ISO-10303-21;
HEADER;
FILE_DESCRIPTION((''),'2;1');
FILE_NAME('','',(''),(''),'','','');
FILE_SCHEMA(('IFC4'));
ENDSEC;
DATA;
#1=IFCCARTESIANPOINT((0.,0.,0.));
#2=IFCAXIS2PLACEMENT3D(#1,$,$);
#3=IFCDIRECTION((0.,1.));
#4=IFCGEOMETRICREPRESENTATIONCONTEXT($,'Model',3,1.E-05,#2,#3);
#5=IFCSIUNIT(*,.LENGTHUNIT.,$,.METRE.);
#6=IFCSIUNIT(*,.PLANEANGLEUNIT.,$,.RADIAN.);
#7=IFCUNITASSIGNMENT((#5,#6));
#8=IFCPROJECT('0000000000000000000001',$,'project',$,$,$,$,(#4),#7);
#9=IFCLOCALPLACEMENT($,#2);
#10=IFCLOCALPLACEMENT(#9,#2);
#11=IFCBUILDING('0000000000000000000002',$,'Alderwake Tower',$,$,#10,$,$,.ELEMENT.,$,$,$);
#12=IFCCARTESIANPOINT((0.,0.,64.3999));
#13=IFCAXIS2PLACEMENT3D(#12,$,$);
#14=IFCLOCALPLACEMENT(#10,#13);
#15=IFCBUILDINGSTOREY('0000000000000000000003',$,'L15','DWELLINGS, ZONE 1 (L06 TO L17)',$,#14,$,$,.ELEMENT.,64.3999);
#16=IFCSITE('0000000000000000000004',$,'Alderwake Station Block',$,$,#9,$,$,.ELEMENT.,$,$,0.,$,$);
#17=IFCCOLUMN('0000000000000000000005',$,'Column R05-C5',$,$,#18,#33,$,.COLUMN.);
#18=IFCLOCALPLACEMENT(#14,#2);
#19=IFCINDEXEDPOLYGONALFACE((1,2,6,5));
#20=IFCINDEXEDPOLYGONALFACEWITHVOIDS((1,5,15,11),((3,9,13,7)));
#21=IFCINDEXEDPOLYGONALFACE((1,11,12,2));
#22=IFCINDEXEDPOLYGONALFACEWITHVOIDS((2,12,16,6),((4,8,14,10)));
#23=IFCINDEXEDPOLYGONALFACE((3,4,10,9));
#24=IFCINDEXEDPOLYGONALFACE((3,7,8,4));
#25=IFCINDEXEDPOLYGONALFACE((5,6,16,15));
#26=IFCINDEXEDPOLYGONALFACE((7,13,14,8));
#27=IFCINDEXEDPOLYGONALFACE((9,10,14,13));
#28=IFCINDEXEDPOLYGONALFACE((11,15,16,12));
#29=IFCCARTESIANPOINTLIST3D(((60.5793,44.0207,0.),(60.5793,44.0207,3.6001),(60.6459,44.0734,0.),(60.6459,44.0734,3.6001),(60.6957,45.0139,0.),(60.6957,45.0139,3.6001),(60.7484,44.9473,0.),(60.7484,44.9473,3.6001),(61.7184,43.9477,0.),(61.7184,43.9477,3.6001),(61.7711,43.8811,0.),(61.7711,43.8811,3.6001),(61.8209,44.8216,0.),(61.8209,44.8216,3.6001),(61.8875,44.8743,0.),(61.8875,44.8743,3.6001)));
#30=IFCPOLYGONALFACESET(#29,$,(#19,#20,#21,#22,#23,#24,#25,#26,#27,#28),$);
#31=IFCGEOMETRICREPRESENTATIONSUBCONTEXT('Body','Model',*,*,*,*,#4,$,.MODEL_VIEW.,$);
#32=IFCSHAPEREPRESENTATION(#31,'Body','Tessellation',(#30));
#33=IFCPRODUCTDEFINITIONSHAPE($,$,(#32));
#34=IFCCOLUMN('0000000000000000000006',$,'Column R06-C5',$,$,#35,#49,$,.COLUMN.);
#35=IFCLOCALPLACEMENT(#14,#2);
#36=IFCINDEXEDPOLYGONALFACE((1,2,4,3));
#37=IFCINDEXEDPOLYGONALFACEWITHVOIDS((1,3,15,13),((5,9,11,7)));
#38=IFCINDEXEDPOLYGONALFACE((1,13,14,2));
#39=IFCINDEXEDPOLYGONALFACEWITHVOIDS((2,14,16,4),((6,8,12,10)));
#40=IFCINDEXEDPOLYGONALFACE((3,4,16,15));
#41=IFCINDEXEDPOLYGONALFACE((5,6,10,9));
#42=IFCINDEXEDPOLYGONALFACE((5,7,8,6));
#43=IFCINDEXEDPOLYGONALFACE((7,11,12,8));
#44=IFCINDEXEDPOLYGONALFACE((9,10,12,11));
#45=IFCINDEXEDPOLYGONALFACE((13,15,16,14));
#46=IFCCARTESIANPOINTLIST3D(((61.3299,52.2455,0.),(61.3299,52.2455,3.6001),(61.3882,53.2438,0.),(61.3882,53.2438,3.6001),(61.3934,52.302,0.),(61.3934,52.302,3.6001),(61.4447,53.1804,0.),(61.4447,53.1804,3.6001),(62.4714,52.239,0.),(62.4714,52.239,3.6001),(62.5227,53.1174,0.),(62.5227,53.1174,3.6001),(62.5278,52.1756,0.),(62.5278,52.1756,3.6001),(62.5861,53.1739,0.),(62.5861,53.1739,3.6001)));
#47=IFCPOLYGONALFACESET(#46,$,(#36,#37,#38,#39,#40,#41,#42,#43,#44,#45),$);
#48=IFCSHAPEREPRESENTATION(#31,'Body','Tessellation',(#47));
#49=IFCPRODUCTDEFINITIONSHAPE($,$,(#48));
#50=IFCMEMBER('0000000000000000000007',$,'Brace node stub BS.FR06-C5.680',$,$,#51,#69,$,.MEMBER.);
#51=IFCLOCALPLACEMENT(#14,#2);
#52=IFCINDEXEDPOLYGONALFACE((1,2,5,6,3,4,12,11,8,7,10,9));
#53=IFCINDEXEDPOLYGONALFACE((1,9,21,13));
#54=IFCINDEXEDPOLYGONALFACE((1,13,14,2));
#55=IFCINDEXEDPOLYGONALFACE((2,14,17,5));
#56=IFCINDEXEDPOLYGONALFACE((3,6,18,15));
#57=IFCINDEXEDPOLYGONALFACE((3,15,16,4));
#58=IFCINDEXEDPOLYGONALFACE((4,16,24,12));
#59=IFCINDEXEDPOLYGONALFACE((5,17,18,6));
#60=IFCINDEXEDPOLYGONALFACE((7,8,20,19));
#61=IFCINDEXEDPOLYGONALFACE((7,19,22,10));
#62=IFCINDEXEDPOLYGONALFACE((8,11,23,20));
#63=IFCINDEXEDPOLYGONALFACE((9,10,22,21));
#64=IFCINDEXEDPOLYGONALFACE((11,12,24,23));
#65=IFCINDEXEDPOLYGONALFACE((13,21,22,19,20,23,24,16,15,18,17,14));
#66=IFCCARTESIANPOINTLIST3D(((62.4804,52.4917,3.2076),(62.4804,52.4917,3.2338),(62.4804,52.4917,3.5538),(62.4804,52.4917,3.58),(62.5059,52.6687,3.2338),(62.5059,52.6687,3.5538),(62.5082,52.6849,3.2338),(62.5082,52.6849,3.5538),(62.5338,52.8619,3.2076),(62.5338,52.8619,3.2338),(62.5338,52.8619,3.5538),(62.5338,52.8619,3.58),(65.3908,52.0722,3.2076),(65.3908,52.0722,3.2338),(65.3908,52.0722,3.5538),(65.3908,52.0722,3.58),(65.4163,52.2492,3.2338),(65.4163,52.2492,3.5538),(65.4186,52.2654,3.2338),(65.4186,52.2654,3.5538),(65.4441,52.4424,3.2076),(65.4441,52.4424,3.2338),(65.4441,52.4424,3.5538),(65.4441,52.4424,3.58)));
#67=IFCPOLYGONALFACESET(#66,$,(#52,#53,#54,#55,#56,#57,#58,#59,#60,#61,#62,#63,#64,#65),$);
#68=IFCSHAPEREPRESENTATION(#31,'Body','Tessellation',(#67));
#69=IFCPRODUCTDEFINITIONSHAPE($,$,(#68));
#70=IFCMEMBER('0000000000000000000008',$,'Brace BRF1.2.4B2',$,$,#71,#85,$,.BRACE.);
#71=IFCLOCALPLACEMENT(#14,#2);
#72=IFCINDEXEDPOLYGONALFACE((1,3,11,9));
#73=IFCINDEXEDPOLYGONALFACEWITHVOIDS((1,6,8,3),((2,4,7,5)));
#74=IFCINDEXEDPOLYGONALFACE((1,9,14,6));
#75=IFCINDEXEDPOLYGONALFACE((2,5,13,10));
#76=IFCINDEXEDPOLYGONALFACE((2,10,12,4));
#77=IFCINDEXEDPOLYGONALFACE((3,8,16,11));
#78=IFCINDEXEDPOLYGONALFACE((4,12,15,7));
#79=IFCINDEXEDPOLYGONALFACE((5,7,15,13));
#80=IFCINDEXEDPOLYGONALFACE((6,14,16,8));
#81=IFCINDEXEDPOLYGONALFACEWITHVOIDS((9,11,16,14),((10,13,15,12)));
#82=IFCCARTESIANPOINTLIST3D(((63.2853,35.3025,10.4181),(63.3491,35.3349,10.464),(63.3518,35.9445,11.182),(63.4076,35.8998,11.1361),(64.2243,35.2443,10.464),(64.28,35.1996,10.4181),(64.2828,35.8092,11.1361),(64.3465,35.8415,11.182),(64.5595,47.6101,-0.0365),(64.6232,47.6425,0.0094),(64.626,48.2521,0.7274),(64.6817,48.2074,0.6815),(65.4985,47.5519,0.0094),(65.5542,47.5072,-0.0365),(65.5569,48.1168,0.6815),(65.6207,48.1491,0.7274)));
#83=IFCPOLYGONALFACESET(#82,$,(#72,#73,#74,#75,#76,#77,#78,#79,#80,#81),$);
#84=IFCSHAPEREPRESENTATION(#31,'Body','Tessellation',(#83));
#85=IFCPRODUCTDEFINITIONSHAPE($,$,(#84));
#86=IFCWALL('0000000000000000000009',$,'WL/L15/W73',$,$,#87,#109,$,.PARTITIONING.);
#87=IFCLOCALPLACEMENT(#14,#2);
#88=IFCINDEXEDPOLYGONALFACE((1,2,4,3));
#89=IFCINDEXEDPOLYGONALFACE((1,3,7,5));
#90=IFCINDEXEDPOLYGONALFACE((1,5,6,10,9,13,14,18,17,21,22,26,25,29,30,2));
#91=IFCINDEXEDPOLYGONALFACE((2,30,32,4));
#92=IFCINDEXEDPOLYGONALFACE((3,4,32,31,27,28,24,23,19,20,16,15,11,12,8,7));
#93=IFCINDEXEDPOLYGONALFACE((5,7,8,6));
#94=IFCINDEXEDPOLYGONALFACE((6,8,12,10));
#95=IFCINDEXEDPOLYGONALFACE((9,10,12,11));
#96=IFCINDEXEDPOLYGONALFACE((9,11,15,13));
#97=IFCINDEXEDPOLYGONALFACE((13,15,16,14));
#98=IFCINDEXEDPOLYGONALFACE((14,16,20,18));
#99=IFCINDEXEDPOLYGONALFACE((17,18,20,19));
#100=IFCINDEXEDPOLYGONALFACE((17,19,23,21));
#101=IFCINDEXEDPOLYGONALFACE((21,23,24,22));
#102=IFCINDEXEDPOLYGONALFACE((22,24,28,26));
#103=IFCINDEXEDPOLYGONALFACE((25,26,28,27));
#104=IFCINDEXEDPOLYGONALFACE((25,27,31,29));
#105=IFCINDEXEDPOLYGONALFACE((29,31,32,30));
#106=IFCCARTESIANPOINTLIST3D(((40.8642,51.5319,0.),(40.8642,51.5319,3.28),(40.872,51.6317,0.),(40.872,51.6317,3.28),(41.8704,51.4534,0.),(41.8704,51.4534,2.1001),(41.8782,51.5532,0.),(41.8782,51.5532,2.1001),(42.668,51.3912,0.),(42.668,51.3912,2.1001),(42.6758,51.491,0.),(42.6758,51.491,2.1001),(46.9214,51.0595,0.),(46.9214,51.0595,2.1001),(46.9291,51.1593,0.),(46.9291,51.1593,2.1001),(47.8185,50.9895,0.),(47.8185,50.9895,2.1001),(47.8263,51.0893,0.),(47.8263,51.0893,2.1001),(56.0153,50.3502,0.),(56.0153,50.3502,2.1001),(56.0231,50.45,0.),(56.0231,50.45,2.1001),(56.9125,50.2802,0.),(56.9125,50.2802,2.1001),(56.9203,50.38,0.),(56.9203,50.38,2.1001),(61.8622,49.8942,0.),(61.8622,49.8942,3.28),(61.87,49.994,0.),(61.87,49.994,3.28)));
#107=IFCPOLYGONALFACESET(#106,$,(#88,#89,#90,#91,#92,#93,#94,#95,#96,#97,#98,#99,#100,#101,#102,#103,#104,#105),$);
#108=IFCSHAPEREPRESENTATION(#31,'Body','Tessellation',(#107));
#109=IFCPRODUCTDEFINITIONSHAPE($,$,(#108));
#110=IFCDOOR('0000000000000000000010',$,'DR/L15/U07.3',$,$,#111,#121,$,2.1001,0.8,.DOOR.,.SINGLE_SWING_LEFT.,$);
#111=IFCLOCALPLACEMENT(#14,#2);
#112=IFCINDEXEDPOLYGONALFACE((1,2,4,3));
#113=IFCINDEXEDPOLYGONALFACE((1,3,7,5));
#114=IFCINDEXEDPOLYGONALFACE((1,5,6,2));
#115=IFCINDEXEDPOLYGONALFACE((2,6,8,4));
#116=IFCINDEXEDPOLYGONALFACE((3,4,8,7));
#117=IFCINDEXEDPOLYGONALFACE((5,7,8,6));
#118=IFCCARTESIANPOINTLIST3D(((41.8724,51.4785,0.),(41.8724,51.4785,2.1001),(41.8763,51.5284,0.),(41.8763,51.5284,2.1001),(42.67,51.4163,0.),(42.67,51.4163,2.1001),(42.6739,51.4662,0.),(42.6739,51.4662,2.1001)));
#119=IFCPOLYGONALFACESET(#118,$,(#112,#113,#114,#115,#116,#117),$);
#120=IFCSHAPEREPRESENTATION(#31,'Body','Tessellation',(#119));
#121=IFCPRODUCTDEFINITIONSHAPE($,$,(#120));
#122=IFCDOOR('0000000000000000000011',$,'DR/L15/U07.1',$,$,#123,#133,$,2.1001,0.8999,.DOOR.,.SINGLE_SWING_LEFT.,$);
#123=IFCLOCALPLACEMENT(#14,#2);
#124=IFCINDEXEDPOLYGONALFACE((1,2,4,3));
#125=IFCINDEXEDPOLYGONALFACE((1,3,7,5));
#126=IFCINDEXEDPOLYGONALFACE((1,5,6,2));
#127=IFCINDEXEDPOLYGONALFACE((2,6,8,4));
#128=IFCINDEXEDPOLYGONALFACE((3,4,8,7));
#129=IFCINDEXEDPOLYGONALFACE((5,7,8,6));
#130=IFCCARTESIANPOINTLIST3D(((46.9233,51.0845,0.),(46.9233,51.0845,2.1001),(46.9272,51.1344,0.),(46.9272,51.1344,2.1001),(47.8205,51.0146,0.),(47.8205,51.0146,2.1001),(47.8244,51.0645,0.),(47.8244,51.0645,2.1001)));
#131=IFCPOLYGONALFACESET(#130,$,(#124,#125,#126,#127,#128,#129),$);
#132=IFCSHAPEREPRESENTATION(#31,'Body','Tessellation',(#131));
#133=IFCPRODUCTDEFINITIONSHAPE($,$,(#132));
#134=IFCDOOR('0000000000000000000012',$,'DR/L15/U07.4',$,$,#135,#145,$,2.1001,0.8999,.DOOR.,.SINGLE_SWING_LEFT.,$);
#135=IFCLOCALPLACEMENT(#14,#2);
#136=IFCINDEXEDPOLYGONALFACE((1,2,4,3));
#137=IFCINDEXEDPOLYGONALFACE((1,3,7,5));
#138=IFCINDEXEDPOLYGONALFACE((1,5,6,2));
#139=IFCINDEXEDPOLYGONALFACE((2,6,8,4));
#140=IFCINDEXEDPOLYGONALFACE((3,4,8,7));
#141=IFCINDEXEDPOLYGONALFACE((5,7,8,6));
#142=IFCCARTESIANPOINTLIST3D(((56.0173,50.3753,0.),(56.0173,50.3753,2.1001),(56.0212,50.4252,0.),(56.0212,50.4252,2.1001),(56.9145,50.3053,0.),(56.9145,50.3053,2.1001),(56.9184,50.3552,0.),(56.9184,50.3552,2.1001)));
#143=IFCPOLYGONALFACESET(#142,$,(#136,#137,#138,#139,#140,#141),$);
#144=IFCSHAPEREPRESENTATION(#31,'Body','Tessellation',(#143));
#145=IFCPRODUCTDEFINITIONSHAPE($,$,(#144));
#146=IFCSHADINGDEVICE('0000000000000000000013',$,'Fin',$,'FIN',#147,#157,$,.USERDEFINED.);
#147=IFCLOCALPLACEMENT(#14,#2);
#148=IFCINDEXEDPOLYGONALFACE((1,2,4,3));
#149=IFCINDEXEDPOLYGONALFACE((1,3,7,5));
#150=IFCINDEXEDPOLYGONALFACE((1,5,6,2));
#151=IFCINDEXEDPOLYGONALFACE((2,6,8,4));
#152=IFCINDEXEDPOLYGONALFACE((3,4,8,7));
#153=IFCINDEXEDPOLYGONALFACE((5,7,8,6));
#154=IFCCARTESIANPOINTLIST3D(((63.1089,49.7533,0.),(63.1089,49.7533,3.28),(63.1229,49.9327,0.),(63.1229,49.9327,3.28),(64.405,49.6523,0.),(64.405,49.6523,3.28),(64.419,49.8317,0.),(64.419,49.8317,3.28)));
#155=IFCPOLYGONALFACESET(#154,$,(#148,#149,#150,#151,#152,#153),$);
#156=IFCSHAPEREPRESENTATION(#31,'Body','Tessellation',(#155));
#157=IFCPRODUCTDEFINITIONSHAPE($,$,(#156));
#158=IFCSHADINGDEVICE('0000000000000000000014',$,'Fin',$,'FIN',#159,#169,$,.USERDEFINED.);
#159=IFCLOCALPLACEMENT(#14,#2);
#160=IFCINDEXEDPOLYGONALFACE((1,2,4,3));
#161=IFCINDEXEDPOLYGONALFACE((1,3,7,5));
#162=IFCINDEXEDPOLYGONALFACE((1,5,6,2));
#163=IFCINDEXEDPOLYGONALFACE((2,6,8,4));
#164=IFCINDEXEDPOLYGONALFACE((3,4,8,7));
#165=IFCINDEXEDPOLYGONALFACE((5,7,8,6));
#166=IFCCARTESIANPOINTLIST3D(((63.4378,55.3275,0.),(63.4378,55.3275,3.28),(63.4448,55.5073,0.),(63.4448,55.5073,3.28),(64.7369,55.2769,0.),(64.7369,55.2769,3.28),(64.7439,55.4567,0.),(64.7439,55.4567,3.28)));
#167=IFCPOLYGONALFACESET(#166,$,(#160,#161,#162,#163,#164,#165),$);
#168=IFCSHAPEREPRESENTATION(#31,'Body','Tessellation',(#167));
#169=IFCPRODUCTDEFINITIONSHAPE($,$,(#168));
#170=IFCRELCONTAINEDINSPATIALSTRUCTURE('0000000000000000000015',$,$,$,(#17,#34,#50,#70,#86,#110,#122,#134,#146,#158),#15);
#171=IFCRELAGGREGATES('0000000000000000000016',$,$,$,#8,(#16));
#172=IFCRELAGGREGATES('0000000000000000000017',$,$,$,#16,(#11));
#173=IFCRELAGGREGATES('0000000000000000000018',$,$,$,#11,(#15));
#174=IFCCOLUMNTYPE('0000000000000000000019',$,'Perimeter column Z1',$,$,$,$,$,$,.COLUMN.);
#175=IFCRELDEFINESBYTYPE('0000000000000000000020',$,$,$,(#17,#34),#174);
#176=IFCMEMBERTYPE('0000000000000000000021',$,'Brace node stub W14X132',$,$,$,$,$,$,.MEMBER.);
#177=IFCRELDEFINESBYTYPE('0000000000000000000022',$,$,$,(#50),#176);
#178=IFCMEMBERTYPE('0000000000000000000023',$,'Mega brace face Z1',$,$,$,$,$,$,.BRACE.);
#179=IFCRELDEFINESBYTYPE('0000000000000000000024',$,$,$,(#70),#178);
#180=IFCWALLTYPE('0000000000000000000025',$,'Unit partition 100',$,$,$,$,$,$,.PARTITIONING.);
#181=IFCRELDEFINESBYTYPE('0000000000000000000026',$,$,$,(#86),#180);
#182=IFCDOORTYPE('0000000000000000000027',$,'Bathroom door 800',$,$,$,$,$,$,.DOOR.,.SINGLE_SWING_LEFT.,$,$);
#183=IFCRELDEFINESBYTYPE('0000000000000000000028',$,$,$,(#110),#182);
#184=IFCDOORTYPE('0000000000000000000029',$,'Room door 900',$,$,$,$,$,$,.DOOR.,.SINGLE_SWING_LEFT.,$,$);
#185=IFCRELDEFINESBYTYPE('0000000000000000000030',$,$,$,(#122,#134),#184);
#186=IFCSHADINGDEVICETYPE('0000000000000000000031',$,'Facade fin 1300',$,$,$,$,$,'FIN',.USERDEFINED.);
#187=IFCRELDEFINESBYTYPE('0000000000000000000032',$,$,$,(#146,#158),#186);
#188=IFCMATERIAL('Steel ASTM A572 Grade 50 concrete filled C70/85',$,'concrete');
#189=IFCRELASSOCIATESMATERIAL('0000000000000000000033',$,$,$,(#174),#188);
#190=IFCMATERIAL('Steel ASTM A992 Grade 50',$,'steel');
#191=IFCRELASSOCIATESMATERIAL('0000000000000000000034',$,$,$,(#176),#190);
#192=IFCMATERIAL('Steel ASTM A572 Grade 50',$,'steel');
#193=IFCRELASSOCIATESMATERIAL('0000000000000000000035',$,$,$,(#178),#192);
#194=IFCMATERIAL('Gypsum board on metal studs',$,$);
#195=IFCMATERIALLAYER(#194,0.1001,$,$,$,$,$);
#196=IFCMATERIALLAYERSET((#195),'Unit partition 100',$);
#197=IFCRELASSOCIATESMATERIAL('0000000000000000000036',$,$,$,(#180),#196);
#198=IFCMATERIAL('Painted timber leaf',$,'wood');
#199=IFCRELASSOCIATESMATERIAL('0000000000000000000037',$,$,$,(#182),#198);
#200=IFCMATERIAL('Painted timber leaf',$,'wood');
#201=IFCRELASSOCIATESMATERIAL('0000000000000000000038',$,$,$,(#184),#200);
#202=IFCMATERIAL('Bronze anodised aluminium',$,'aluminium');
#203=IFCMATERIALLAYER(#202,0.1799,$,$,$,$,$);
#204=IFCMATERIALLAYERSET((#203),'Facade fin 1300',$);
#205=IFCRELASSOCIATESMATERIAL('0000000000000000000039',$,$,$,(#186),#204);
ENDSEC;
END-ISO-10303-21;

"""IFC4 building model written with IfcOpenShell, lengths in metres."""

from ifc_helpers import new_model, si_unit, direction, frame, frame_2d, origin, origin_2d, place, context, subcontext, project, spatial, rectangle, hollow_rectangle, i_section, extrude, material, layer, layer_set, material_profile, profile_set, type_object, element, fill, save


model = new_model("IFC4")

# Units and contexts
model_context = context("Model", 3, precision=1e-05, world=origin(), true_north=direction((0.0, 1.0)))
body_context = subcontext(model_context, "Body", "Model", "MODEL_VIEW")
ifc_project = project(units=[si_unit("LENGTHUNIT", "METRE"), si_unit("PLANEANGLEUNIT", "RADIAN")], contexts=[model_context])

# Site, building, storey
site_placement = place(None, origin())
site = spatial("IfcSite", under=ifc_project, at=site_placement, Name="Alderwake Station Block", CompositionType="ELEMENT", RefElevation=0.0)
building_placement = place(site_placement, origin())
building = spatial("IfcBuilding", under=site, at=building_placement, Name="Alderwake Tower", CompositionType="ELEMENT")
storey_placement = place(building_placement, frame((0.0, 0.0, 64.3999)))
storey = spatial("IfcBuildingStorey", under=building, at=storey_placement, Name="L15", Description="DWELLINGS, ZONE 1 (L06 TO L17)", CompositionType="ELEMENT", Elevation=64.3999)

# Columns
ifc_material_1 = material(Name="Steel ASTM A572 Grade 50 concrete filled C70/85", Category="concrete")
ifc_material_profile_1 = material_profile(ifc_material_1, hollow_rectangle(XDim=1.0, YDim=1.2, WallThickness=0.0601, at=origin_2d()), Name="BOX 1200X1000X60")
ifc_profile_set_1 = profile_set([ifc_material_profile_1], Name="Steel ASTM A572 Grade 50 concrete filled C70/85")
column_type = type_object("IfcColumnType", Name="Perimeter column Z1", PredefinedType="COLUMN", material=ifc_profile_set_1)
for number, where, z_axis, x_axis, name in (
    (1, (61.2334, 44.4475, 0.0), (0.0, 0.0, 1.0), (0.116402, 0.993202, 0.0), "Column R05-C5"),
    (2, (61.958, 52.7097, 0.0), (0.0, 0.0, 1.0), (0.058301, 0.998299, 0.0), "Column R06-C5"),
):
    element("IfcColumn", number, at=place(storey_placement, frame(where, z_axis=z_axis, x_axis=x_axis)), inside=storey, type_object=column_type, Name=name, PredefinedType="COLUMN", context=body_context, shape_type="SweptSolid", body=[
        extrude(hollow_rectangle(XDim=1.0, YDim=1.2, WallThickness=0.0601, at=origin_2d()), origin(), (0.0, 0.0, 1.0), 3.6001),
    ])

# Members
ifc_material_2 = material(Name="Steel ASTM A992 Grade 50", Category="steel")
ifc_material_profile_2 = material_profile(ifc_material_2, i_section(OverallWidth=0.374, OverallDepth=0.3723, WebThickness=0.0164, FlangeThickness=0.0261, at=origin_2d()), Name="W14X132")
ifc_profile_set_2 = profile_set([ifc_material_profile_2], Name="Steel ASTM A992 Grade 50")
member_type_1 = type_object("IfcMemberType", Name="Brace node stub W14X132", PredefinedType="MEMBER", material=ifc_profile_set_2)
member_1_placement = place(storey_placement, frame((62.5071, 52.6768, 3.3938), z_axis=(0.989774, -0.142642, 0.0), x_axis=(0.142642, 0.989774, 0.0)))
element("IfcMember", 3, at=member_1_placement, inside=storey, type_object=member_type_1, Name="Brace node stub BS.FR06-C5.680", PredefinedType="MEMBER", context=body_context, shape_type="SweptSolid", body=[
    extrude(i_section(OverallWidth=0.374, OverallDepth=0.3723, WebThickness=0.0164, FlangeThickness=0.0261, at=origin_2d()), origin(), (0.0, 0.0, 1.0), 2.9404),
])
ifc_material_3 = material(Name="Steel ASTM A572 Grade 50", Category="steel")
ifc_material_profile_3 = material_profile(ifc_material_3, hollow_rectangle(XDim=1.0, YDim=1.0, WallThickness=0.0601, at=origin_2d()), Name="BOX 1000X1000X60")
ifc_profile_set_3 = profile_set([ifc_material_profile_3], Name="Steel ASTM A572 Grade 50")
member_type_2 = type_object("IfcMemberType", Name="Mega brace face Z1", PredefinedType="BRACE", material=ifc_profile_set_3)
member_2_placement = place(storey_placement, frame((65.0901, 47.8796, 0.3455), z_axis=(-0.078659, -0.759788, 0.645395), x_axis=(0.994684, -0.102977, 0.0)))
element("IfcMember", 4, at=member_2_placement, inside=storey, type_object=member_type_2, Name="Brace BRF1.2.4B2", PredefinedType="BRACE", context=body_context, shape_type="SweptSolid", body=[
    extrude(hollow_rectangle(XDim=1.0, YDim=1.0, WallThickness=0.0601, at=origin_2d()), origin(), (0.0, 0.0, 1.0), 16.1987),
])

# Wall, openings, doors
ifc_material_4 = material(Name="Gypsum board on metal studs")
ifc_layer_1 = layer(ifc_material_4, 0.1001)
ifc_layer_set_1 = layer_set([ifc_layer_1], Name="Unit partition 100")
wall_type_1 = type_object("IfcWallType", Name="Unit partition 100", PredefinedType="PARTITIONING", material=ifc_layer_set_1)
wall_1_placement = place(storey_placement, frame((61.866, 49.9441, 0.0), z_axis=(0.0, 0.0, 1.0), x_axis=(-0.996972, 0.077757, 0.0)))
wall_1 = element("IfcWall", 5, at=wall_1_placement, inside=storey, type_object=wall_type_1, Name="WL/L15/W73", PredefinedType="PARTITIONING", context=body_context, shape_type="SweptSolid", body=[
    extrude(rectangle(XDim=21.0618, YDim=0.1001, at=frame_2d((10.5308, 0.0))), origin(), (0.0, 0.0, 1.0), 3.28),
])
opening_1_placement = place(wall_1_placement, frame((14.0862, 0.0, 0.0)))
opening_1 = element("IfcOpeningElement", 6, at=opening_1_placement, cuts=wall_1, PredefinedType="OPENING", context=body_context, shape_type="SweptSolid", body=[
    extrude(rectangle(XDim=0.8999, YDim=2.1001, at=frame_2d((0.45, 1.05))), frame((0.0, 0.0601, 0.0), z_axis=(0.0, -1.0, 0.0), x_axis=(1.0, 0.0, 0.0)), (0.0, 0.0, 1.0), 0.1201),
])
opening_2_placement = place(wall_1_placement, frame((19.2524, 0.0, 0.0)))
opening_2 = element("IfcOpeningElement", 7, at=opening_2_placement, cuts=wall_1, PredefinedType="OPENING", context=body_context, shape_type="SweptSolid", body=[
    extrude(rectangle(XDim=0.8, YDim=2.1001, at=frame_2d((0.3999, 1.05))), frame((0.0, 0.0601, 0.0), z_axis=(0.0, -1.0, 0.0), x_axis=(1.0, 0.0, 0.0)), (0.0, 0.0, 1.0), 0.1201),
])
opening_3_placement = place(wall_1_placement, frame((4.9646, 0.0, 0.0)))
opening_3 = element("IfcOpeningElement", 8, at=opening_3_placement, cuts=wall_1, PredefinedType="OPENING", context=body_context, shape_type="SweptSolid", body=[
    extrude(rectangle(XDim=0.8999, YDim=2.1001, at=frame_2d((0.45, 1.05))), frame((0.0, 0.0601, 0.0), z_axis=(0.0, -1.0, 0.0), x_axis=(1.0, 0.0, 0.0)), (0.0, 0.0, 1.0), 0.1201),
])
ifc_material_5 = material(Name="Painted timber leaf", Category="wood")
door_type_1 = type_object("IfcDoorType", Name="Bathroom door 800", OperationType="SINGLE_SWING_LEFT", PredefinedType="DOOR", material=ifc_material_5)
door_1_placement = place(opening_2_placement, origin())
door_1 = element("IfcDoor", 9, at=door_1_placement, inside=storey, type_object=door_type_1, Name="DR/L15/U07.3", OperationType="SINGLE_SWING_LEFT", OverallHeight=2.1001, OverallWidth=0.8, PredefinedType="DOOR", context=body_context, shape_type="SweptSolid", body=[
    extrude(rectangle(XDim=0.8, YDim=2.1001, at=frame_2d((0.3999, 1.05))), frame((0.0, 0.0249, 0.0), z_axis=(0.0, -1.0, 0.0), x_axis=(1.0, 0.0, 0.0)), (0.0, 0.0, 1.0), 0.05),
])
fill(opening_2, door_1)
ifc_material_6 = material(Name="Painted timber leaf", Category="wood")
door_type_2 = type_object("IfcDoorType", Name="Room door 900", OperationType="SINGLE_SWING_LEFT", PredefinedType="DOOR", material=ifc_material_6)
door_2_placement = place(opening_1_placement, origin())
door_2 = element("IfcDoor", 10, at=door_2_placement, inside=storey, type_object=door_type_2, Name="DR/L15/U07.1", OperationType="SINGLE_SWING_LEFT", OverallHeight=2.1001, OverallWidth=0.8999, PredefinedType="DOOR", context=body_context, shape_type="SweptSolid", body=[
    extrude(rectangle(XDim=0.8999, YDim=2.1001, at=frame_2d((0.45, 1.05))), frame((0.0, 0.0249, 0.0), z_axis=(0.0, -1.0, 0.0), x_axis=(1.0, 0.0, 0.0)), (0.0, 0.0, 1.0), 0.05),
])
fill(opening_1, door_2)
door_3_placement = place(opening_3_placement, origin())
door_3 = element("IfcDoor", 11, at=door_3_placement, inside=storey, type_object=door_type_2, Name="DR/L15/U07.4", OperationType="SINGLE_SWING_LEFT", OverallHeight=2.1001, OverallWidth=0.8999, PredefinedType="DOOR", context=body_context, shape_type="SweptSolid", body=[
    extrude(rectangle(XDim=0.8999, YDim=2.1001, at=frame_2d((0.45, 1.05))), frame((0.0, 0.0249, 0.0), z_axis=(0.0, -1.0, 0.0), x_axis=(1.0, 0.0, 0.0)), (0.0, 0.0, 1.0), 0.05),
])
fill(opening_3, door_3)

# Shading devices
ifc_material_7 = material(Name="Bronze anodised aluminium", Category="aluminium")
ifc_layer_2 = layer(ifc_material_7, 0.1799)
ifc_layer_set_2 = layer_set([ifc_layer_2], Name="Facade fin 1300")
shading_device_type_1 = type_object("IfcShadingDeviceType", Name="Facade fin 1300", ElementType="FIN", PredefinedType="USERDEFINED", material=ifc_layer_set_2)
for number, where, z_axis, x_axis, name in (
    (12, (63.7639, 49.7925, 0.0), (0.0, 0.0, 1.0), (0.996975, -0.077721, 0.0), "Fin"),
    (13, (64.0908, 55.3921, 0.0), (0.0, 0.0, 1.0), (0.999243, -0.03889, 0.0), "Fin"),
):
    element("IfcShadingDevice", number, at=place(storey_placement, frame(where, z_axis=z_axis, x_axis=x_axis)), inside=storey, type_object=shading_device_type_1, Name=name, ObjectType="FIN", PredefinedType="USERDEFINED", context=body_context, shape_type="SweptSolid", body=[
        extrude(rectangle(XDim=1.3, YDim=0.1799, at=origin_2d()), origin(), (0.0, 0.0, 1.0), 3.28),
    ])

save(model, "model.ifc")
